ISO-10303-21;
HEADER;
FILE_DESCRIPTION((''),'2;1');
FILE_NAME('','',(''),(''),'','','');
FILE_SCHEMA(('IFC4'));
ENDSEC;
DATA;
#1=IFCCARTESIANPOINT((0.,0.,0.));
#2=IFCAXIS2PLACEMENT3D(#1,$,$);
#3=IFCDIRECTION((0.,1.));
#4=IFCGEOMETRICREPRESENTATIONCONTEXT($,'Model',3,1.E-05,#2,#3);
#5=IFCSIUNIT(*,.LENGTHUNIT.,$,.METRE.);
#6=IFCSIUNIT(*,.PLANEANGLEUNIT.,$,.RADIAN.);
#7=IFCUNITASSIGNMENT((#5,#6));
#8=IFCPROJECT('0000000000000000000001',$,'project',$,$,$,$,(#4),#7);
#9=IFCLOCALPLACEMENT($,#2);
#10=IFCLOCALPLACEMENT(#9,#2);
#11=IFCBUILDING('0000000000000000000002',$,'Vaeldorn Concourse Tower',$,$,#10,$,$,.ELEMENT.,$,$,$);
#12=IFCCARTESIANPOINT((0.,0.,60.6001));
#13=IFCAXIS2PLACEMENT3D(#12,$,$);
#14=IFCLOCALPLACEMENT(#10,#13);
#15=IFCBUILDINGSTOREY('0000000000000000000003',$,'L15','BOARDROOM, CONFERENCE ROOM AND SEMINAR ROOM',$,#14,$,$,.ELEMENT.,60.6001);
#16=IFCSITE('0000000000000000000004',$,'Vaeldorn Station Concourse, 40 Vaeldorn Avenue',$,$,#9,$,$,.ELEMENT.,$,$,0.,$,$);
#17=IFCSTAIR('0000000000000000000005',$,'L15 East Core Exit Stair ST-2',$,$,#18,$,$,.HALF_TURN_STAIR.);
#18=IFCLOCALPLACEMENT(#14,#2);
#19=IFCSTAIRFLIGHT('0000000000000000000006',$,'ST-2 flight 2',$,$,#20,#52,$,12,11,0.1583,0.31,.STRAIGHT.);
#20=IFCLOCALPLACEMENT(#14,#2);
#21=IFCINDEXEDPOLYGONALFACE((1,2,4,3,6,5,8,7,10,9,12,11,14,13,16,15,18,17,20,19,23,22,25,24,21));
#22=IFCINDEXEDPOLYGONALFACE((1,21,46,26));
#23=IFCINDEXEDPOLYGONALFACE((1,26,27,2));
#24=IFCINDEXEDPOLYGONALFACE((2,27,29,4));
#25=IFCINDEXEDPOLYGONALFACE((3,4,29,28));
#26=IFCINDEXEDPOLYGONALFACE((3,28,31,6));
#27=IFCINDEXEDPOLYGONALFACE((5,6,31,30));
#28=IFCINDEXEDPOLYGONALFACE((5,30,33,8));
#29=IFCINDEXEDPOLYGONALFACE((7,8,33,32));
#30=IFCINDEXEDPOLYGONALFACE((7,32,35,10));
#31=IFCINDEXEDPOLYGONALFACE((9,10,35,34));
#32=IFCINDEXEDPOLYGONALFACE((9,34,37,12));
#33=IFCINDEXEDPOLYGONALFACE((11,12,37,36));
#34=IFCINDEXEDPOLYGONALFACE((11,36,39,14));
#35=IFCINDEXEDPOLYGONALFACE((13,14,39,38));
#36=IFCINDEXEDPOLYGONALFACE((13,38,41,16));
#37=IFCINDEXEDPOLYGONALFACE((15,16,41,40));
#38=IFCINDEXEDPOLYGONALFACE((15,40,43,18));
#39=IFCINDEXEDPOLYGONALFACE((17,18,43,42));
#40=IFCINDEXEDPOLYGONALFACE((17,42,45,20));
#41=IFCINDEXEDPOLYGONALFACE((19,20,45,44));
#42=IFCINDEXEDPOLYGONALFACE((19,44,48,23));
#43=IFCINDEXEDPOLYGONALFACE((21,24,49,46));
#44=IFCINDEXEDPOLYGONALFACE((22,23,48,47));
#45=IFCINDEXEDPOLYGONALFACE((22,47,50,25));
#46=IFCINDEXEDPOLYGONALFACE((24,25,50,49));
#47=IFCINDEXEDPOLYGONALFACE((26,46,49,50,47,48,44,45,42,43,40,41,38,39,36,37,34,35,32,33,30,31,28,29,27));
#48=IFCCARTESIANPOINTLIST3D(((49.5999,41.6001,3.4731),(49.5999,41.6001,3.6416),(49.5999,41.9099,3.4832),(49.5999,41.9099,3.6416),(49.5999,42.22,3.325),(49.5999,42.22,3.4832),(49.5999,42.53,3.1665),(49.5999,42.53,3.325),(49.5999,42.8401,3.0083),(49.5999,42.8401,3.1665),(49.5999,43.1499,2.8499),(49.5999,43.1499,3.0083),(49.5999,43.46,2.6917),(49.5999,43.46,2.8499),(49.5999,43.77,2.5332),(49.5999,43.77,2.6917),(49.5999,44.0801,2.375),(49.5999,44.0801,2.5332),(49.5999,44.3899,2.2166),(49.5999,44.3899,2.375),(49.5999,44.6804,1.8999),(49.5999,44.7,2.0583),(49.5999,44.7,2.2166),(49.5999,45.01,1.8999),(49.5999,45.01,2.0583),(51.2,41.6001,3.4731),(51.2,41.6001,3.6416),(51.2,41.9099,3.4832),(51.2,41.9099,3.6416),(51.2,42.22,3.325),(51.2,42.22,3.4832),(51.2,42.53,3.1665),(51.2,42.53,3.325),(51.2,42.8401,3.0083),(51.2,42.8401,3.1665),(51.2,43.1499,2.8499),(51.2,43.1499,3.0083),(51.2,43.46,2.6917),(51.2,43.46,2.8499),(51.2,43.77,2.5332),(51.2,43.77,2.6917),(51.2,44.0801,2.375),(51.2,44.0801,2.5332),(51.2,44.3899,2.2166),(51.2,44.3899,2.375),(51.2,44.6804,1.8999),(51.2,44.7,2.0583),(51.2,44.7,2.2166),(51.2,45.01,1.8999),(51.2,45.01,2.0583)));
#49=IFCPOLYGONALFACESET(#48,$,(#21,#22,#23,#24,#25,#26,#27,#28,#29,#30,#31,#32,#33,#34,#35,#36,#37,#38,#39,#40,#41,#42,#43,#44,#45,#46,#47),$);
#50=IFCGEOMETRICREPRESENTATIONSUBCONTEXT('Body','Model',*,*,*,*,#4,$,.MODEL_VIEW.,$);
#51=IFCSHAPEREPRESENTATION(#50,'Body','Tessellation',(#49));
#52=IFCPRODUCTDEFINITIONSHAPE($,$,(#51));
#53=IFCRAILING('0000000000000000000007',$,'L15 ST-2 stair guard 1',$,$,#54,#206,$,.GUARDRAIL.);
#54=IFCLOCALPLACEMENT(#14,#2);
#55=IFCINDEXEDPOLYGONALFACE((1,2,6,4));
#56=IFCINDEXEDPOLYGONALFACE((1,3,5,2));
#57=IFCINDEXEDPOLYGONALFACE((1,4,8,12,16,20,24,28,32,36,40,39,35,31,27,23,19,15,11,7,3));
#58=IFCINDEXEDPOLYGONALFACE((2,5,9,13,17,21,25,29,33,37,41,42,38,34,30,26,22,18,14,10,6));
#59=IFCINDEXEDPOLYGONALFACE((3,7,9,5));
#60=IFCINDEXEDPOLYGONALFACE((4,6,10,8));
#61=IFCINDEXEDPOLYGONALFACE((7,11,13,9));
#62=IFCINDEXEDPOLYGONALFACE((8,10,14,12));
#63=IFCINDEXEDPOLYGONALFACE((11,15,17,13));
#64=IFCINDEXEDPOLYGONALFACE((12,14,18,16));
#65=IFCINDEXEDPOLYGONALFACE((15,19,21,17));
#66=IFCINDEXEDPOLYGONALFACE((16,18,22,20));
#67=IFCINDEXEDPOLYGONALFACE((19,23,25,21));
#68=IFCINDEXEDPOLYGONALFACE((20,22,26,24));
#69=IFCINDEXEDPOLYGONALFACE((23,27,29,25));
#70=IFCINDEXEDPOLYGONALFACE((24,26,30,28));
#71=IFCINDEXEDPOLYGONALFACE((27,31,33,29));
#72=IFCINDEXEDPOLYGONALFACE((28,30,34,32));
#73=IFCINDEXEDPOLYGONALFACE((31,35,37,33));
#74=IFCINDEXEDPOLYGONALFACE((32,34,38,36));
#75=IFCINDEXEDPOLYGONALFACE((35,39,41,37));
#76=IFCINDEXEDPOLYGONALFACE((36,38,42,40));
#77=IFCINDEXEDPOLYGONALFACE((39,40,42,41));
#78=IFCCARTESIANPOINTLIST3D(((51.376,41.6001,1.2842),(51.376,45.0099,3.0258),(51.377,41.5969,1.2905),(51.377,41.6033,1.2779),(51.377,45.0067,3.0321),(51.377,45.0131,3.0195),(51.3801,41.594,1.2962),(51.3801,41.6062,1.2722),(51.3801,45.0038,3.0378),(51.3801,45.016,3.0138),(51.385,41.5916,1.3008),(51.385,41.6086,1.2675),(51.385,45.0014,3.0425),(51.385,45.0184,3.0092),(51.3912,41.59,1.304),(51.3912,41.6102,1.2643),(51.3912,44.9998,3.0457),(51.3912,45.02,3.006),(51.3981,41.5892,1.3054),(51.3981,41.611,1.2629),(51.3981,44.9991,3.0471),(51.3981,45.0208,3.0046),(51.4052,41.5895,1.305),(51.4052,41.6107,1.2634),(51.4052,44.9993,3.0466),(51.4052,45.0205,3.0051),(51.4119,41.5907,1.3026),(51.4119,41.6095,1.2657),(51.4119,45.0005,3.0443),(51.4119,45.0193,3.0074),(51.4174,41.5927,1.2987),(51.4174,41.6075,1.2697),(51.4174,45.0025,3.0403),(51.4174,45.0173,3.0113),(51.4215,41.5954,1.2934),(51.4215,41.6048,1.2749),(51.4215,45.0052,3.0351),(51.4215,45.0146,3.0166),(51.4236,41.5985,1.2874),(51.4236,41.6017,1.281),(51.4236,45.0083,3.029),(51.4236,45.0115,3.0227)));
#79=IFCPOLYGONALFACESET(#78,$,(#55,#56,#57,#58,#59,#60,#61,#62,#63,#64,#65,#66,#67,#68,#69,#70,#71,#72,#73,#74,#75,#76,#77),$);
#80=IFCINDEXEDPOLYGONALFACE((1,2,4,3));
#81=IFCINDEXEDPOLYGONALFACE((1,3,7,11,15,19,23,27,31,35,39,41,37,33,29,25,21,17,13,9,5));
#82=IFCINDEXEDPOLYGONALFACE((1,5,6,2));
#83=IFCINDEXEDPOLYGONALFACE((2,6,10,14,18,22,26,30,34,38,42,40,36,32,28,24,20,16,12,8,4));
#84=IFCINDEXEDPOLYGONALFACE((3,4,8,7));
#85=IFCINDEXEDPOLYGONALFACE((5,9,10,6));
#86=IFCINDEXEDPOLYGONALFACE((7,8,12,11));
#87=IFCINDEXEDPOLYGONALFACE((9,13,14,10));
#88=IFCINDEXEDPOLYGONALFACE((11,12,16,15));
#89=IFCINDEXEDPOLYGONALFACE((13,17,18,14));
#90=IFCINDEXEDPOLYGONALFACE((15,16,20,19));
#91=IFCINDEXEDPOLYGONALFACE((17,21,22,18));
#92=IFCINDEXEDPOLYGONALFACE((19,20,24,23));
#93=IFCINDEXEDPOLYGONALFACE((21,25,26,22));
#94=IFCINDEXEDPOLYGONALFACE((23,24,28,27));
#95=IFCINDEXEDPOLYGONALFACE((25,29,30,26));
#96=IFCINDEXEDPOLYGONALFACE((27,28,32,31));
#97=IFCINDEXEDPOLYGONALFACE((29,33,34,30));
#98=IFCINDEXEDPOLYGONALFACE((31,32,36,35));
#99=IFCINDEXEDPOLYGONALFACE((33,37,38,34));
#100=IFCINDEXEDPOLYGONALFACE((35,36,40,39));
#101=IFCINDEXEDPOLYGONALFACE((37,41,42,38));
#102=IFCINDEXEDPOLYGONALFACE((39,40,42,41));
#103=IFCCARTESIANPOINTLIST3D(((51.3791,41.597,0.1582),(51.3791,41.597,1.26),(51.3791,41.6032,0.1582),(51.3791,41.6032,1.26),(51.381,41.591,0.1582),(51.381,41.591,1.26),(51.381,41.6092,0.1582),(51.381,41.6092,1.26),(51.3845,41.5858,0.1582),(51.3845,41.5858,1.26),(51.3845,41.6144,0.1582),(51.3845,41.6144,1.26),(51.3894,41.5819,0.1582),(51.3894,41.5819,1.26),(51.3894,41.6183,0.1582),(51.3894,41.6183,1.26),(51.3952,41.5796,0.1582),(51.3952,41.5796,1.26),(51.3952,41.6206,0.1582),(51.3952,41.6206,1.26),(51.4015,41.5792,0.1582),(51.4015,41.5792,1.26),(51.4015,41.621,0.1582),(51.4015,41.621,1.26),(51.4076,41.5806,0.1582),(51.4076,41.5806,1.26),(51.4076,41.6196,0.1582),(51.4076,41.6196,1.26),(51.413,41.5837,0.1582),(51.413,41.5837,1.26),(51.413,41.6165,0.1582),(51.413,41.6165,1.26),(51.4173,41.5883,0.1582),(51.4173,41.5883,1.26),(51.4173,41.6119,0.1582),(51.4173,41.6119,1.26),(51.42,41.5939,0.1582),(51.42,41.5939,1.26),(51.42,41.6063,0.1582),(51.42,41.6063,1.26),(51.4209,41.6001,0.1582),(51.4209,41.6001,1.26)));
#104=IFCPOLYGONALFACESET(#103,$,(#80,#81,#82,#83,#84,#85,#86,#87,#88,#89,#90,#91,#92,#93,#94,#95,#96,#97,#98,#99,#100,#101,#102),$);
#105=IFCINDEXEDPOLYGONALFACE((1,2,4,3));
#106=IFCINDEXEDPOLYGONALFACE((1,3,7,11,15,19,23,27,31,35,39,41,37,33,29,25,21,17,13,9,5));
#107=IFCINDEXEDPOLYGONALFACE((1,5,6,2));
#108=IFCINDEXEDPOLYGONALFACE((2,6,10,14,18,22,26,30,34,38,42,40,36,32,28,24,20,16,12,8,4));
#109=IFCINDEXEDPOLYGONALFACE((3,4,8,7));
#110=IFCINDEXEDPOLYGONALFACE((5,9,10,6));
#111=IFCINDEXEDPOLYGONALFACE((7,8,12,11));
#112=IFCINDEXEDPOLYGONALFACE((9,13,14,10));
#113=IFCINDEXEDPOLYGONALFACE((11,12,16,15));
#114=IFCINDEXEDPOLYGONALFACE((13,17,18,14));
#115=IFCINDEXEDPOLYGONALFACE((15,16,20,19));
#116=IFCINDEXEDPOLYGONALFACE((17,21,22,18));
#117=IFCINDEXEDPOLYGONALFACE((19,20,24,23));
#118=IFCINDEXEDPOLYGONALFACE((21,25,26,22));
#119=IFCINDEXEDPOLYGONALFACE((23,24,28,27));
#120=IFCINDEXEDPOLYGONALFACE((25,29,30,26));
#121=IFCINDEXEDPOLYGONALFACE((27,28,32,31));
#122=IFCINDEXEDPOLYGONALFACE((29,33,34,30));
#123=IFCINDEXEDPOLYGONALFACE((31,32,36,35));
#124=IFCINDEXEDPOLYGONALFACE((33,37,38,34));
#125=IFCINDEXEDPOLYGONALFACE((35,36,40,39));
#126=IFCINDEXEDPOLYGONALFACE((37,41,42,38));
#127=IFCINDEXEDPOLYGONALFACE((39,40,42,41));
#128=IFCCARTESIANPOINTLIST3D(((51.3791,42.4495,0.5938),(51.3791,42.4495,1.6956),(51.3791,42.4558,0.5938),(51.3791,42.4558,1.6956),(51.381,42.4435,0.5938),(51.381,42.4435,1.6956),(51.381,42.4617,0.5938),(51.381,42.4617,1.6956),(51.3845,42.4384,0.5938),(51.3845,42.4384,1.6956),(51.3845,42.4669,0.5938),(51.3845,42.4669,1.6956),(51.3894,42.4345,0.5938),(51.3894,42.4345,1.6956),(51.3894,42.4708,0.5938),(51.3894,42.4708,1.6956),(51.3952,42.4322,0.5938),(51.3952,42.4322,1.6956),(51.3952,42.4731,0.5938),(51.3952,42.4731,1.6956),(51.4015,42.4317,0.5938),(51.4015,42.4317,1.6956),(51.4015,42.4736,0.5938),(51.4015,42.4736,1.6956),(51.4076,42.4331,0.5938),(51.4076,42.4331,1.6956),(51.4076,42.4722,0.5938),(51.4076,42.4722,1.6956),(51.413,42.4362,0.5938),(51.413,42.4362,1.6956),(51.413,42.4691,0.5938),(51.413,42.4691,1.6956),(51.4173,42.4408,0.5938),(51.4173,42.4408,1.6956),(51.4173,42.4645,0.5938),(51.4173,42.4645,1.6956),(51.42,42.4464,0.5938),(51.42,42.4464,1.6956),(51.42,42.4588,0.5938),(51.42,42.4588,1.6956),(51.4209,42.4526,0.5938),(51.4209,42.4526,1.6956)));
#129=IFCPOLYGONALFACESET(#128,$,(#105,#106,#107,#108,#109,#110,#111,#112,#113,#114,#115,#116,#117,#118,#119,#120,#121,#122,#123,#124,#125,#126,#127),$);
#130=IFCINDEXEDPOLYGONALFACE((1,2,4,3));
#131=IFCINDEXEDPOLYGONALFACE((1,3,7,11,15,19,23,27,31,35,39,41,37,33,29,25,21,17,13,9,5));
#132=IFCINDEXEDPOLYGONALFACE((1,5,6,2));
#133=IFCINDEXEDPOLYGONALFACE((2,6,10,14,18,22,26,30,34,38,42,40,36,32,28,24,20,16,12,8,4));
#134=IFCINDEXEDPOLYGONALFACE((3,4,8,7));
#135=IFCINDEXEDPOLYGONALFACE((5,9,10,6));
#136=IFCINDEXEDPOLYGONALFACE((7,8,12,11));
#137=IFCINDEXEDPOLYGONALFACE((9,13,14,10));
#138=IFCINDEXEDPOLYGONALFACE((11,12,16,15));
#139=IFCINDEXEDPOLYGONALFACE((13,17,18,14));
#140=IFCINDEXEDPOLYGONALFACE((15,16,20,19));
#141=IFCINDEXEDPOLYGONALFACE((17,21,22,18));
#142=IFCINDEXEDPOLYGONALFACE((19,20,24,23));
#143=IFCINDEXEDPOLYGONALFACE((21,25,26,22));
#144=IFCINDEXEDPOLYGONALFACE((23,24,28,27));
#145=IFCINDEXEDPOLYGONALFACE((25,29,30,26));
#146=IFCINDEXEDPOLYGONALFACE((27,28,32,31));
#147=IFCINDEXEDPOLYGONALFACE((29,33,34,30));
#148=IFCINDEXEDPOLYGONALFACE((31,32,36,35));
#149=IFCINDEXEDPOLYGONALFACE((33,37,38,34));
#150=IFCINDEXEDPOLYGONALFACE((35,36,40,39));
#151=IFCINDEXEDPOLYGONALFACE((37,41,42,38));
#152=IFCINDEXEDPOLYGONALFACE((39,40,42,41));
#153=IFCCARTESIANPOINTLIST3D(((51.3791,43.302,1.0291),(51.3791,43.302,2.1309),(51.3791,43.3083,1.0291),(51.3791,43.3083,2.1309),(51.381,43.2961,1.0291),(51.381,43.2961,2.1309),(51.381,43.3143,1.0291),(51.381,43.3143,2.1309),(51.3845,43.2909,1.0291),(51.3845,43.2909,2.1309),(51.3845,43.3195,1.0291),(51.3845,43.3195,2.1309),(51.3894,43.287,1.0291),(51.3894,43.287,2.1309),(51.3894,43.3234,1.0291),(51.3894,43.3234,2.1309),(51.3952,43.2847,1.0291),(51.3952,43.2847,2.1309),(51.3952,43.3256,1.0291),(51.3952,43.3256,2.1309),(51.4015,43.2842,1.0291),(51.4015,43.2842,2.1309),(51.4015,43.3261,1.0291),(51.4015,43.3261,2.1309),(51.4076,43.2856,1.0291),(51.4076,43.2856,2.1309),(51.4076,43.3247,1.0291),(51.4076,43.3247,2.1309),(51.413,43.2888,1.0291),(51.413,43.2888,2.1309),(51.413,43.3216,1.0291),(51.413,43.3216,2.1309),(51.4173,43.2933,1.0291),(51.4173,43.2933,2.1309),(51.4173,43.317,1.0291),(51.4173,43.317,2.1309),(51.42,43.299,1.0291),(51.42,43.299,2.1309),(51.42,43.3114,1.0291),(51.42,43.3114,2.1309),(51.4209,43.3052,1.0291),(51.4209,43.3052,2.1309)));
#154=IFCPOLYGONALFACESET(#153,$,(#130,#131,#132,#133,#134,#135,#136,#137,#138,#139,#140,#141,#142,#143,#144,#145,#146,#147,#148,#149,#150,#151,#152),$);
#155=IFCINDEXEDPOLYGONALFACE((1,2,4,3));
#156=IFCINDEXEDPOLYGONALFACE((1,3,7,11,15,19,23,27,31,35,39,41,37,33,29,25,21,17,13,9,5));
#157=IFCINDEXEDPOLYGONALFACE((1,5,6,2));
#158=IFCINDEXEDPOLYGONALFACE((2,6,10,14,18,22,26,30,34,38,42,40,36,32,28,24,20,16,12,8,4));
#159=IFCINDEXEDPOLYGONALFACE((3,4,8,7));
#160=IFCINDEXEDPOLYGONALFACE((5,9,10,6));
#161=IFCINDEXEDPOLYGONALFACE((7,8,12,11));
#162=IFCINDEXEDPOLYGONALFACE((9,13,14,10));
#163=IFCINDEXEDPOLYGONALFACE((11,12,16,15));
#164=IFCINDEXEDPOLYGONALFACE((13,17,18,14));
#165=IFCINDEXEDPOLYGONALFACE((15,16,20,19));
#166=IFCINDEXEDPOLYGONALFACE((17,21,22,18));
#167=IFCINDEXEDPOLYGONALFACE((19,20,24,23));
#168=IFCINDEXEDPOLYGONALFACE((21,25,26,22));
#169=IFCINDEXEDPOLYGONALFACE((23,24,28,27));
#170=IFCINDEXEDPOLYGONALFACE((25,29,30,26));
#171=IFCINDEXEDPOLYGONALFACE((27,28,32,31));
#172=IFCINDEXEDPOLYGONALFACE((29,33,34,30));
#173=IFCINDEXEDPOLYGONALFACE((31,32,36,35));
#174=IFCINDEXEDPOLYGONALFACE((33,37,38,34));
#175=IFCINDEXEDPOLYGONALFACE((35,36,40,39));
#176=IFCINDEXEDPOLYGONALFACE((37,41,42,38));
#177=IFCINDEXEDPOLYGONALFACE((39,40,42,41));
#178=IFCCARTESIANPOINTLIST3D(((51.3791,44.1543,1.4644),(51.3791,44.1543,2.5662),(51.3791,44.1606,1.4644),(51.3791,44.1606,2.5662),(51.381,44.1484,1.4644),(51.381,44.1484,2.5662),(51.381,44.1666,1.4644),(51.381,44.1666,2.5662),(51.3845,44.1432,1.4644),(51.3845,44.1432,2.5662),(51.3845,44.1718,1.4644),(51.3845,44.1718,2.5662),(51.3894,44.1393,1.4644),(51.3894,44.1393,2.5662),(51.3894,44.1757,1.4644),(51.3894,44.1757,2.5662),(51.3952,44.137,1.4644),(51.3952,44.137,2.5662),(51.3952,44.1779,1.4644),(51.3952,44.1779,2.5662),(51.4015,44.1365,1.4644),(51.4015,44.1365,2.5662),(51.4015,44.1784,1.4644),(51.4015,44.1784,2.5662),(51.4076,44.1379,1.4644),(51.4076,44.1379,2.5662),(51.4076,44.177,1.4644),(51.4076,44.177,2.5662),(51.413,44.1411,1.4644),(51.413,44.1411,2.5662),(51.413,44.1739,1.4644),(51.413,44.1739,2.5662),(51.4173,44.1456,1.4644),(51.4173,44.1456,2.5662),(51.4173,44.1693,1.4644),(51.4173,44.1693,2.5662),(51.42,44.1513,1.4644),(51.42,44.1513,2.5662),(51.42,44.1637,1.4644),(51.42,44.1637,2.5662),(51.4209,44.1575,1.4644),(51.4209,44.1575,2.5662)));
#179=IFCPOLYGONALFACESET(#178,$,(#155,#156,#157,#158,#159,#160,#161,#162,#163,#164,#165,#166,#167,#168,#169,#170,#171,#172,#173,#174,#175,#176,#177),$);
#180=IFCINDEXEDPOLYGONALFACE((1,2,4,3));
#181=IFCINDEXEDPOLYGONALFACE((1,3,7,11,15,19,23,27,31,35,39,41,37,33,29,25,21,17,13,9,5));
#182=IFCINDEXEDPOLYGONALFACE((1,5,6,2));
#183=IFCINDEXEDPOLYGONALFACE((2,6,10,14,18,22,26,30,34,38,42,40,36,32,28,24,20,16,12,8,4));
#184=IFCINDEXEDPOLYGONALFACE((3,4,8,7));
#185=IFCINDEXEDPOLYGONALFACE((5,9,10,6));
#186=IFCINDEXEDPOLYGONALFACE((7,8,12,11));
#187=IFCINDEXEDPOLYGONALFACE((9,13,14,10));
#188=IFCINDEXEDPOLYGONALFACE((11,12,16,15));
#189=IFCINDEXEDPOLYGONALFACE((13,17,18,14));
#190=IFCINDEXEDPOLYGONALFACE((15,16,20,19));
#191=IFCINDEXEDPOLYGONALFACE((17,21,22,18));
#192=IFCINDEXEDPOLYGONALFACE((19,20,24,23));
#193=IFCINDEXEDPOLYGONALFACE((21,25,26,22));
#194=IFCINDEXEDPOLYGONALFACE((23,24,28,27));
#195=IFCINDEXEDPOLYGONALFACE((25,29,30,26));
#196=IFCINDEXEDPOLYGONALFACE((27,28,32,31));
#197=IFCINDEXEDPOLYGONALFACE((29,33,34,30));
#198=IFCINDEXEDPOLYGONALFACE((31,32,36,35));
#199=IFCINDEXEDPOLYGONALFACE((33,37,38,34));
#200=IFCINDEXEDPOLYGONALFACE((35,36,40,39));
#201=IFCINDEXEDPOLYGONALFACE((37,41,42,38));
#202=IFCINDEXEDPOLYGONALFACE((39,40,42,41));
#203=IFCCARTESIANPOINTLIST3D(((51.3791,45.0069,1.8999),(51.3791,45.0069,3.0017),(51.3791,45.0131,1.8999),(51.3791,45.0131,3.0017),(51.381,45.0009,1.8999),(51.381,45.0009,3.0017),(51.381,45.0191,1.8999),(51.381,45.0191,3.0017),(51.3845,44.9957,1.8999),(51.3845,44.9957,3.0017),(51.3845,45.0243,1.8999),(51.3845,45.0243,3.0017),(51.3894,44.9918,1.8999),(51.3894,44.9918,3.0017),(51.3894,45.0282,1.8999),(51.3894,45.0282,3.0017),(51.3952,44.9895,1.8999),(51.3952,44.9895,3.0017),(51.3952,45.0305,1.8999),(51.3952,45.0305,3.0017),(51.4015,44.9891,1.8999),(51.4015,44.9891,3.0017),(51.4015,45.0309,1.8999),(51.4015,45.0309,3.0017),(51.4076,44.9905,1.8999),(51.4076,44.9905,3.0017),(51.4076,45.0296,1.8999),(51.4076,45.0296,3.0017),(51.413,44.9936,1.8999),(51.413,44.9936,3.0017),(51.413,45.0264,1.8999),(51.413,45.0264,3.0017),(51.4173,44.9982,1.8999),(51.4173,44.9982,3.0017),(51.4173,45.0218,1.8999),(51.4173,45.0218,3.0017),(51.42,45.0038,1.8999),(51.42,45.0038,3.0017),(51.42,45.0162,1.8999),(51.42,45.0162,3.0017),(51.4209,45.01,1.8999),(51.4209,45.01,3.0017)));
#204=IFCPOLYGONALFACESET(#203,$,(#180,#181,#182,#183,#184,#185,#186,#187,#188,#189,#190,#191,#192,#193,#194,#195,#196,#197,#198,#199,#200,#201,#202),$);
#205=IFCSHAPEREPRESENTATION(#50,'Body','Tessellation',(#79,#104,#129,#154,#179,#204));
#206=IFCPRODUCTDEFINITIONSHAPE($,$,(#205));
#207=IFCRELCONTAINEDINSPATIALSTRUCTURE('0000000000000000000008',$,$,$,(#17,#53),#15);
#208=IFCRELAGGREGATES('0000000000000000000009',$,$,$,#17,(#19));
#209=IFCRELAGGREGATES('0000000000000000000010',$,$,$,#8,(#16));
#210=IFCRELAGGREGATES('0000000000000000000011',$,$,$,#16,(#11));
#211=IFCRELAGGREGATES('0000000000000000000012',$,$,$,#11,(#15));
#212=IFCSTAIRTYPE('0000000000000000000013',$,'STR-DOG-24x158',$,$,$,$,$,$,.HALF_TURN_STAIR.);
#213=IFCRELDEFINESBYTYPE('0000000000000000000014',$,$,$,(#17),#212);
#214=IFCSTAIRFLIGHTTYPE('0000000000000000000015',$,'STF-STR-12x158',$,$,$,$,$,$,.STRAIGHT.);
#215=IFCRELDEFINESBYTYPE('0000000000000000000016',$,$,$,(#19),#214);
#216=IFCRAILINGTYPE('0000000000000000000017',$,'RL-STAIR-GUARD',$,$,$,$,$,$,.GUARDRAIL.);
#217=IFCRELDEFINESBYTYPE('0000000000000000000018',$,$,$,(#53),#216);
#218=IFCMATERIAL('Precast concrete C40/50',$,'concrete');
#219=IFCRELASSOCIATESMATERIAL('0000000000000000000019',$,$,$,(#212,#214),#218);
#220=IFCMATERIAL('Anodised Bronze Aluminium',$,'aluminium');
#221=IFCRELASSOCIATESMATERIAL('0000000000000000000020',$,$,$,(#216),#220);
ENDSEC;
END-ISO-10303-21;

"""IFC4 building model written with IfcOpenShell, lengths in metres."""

from ifc_helpers import new_model, si_unit, direction, frame, origin, origin_2d, place, context, subcontext, project, spatial, polyline, circle, outline, extrude, material, type_object, element, aggregate, save


model = new_model("IFC4")

# Units and contexts
model_context = context("Model", 3, precision=1e-05, world=origin(), true_north=direction((0.0, 1.0)))
body_context = subcontext(model_context, "Body", "Model", "MODEL_VIEW")
ifc_project = project(units=[si_unit("LENGTHUNIT", "METRE"), si_unit("PLANEANGLEUNIT", "RADIAN")], contexts=[model_context])

# Site, building, storey
site_placement = place(None, origin())
site = spatial("IfcSite", under=ifc_project, at=site_placement, Name="Vaeldorn Station Concourse, 40 Vaeldorn Avenue", CompositionType="ELEMENT", RefElevation=0.0)
building_placement = place(site_placement, origin())
building = spatial("IfcBuilding", under=site, at=building_placement, Name="Vaeldorn Concourse Tower", CompositionType="ELEMENT")
storey_placement = place(building_placement, frame((0.0, 0.0, 60.6001)))
storey = spatial("IfcBuildingStorey", under=building, at=storey_placement, Name="L15", Description="BOARDROOM, CONFERENCE ROOM AND SEMINAR ROOM", CompositionType="ELEMENT", Elevation=60.6001)

# Shared definitions
ifc_material_1 = material(Name="Anodised Bronze Aluminium", Category="aluminium")

# Stair, stair flight
ifc_material_2 = material(Name="Precast concrete C40/50", Category="concrete")
stair_type = type_object("IfcStairType", Name="STR-DOG-24x158", PredefinedType="HALF_TURN_STAIR", material=ifc_material_2)
stair_placement = place(storey_placement, origin())
stair = element("IfcStair", 1, at=stair_placement, inside=storey, type_object=stair_type, Name="L15 East Core Exit Stair ST-2", PredefinedType="HALF_TURN_STAIR")
stair_flight_type = type_object("IfcStairFlightType", Name="STF-STR-12x158", PredefinedType="STRAIGHT", material=ifc_material_2)
stair_flight_1_placement = place(storey_placement, frame((50.3999, 45.01, 1.8999), z_axis=(0.0, 0.0, 1.0), x_axis=(0.0, -1.0, 0.0)))
stair_flight_1 = element("IfcStairFlight", 2, at=stair_flight_1_placement, type_object=stair_flight_type, Name="ST-2 flight 2", NumberOfRisers=12, NumberOfTreads=11, PredefinedType="STRAIGHT", RiserHeight=0.1583, TreadLength=0.31, context=body_context, shape_type="SweptSolid", body=[
    extrude(outline(polyline([(0.0, 0.0), (0.0, 0.1584), (0.3101, 0.1584), (0.3101, 0.3167), (0.6201, 0.3167), (0.6201, 0.4751), (0.9299, 0.4751), (0.9299, 0.6333), (1.24, 0.6333), (1.24, 0.7917), (1.55, 0.7917), (1.55, 0.95), (1.8601, 0.95), (1.8601, 1.1084), (2.1699, 1.1084), (2.1699, 1.2666), (2.48, 1.2666), (2.48, 1.425), (2.79, 1.425), (2.79, 1.5833), (3.1001, 1.5833), (3.1001, 1.7417), (3.4099, 1.7417), (3.4099, 1.8999), (3.4099, 1.5732), (0.3296, 0.0), (0.0, 0.0)])), frame((0.0, 0.8, 0.0), z_axis=(0.0, -1.0, 0.0), x_axis=(1.0, 0.0, 0.0)), (0.0, 0.0, 1.0), 1.6001),
])
aggregate(stair, [stair_flight_1])

# Railing
railing_type_1 = type_object("IfcRailingType", Name="RL-STAIR-GUARD", PredefinedType="GUARDRAIL", material=ifc_material_1)
railing_1_placement = place(storey_placement, frame((51.3999, 41.6001, 0.1582)))
element("IfcRailing", 3, at=railing_1_placement, inside=storey, type_object=railing_type_1, Name="L15 ST-2 stair guard 1", PredefinedType="GUARDRAIL", context=body_context, shape_type="SweptSolid", body=[
    extrude(circle(Radius=0.0239, at=origin_2d()), frame((0.0, 0.0, 1.126), z_axis=(0.0, 0.890556, 0.454874), x_axis=(-1.0, 0.0, 0.0)), (0.0, 0.0, 1.0), 3.8289),
    extrude(circle(Radius=0.021, at=origin_2d()), origin(), (0.0, 0.0, 1.0), 1.1018),
    extrude(circle(Radius=0.021, at=origin_2d()), frame((0.0, 0.8525, 0.4355)), (0.0, 0.0, 1.0), 1.1018),
    extrude(circle(Radius=0.021, at=origin_2d()), frame((0.0, 1.7051, 0.8708)), (0.0, 0.0, 1.0), 1.1018),
    extrude(circle(Radius=0.021, at=origin_2d()), frame((0.0, 2.5574, 1.3062)), (0.0, 0.0, 1.0), 1.1018),
    extrude(circle(Radius=0.021, at=origin_2d()), frame((0.0, 3.4099, 1.7417)), (0.0, 0.0, 1.0), 1.1018),
])

save(model, "model.ifc")
